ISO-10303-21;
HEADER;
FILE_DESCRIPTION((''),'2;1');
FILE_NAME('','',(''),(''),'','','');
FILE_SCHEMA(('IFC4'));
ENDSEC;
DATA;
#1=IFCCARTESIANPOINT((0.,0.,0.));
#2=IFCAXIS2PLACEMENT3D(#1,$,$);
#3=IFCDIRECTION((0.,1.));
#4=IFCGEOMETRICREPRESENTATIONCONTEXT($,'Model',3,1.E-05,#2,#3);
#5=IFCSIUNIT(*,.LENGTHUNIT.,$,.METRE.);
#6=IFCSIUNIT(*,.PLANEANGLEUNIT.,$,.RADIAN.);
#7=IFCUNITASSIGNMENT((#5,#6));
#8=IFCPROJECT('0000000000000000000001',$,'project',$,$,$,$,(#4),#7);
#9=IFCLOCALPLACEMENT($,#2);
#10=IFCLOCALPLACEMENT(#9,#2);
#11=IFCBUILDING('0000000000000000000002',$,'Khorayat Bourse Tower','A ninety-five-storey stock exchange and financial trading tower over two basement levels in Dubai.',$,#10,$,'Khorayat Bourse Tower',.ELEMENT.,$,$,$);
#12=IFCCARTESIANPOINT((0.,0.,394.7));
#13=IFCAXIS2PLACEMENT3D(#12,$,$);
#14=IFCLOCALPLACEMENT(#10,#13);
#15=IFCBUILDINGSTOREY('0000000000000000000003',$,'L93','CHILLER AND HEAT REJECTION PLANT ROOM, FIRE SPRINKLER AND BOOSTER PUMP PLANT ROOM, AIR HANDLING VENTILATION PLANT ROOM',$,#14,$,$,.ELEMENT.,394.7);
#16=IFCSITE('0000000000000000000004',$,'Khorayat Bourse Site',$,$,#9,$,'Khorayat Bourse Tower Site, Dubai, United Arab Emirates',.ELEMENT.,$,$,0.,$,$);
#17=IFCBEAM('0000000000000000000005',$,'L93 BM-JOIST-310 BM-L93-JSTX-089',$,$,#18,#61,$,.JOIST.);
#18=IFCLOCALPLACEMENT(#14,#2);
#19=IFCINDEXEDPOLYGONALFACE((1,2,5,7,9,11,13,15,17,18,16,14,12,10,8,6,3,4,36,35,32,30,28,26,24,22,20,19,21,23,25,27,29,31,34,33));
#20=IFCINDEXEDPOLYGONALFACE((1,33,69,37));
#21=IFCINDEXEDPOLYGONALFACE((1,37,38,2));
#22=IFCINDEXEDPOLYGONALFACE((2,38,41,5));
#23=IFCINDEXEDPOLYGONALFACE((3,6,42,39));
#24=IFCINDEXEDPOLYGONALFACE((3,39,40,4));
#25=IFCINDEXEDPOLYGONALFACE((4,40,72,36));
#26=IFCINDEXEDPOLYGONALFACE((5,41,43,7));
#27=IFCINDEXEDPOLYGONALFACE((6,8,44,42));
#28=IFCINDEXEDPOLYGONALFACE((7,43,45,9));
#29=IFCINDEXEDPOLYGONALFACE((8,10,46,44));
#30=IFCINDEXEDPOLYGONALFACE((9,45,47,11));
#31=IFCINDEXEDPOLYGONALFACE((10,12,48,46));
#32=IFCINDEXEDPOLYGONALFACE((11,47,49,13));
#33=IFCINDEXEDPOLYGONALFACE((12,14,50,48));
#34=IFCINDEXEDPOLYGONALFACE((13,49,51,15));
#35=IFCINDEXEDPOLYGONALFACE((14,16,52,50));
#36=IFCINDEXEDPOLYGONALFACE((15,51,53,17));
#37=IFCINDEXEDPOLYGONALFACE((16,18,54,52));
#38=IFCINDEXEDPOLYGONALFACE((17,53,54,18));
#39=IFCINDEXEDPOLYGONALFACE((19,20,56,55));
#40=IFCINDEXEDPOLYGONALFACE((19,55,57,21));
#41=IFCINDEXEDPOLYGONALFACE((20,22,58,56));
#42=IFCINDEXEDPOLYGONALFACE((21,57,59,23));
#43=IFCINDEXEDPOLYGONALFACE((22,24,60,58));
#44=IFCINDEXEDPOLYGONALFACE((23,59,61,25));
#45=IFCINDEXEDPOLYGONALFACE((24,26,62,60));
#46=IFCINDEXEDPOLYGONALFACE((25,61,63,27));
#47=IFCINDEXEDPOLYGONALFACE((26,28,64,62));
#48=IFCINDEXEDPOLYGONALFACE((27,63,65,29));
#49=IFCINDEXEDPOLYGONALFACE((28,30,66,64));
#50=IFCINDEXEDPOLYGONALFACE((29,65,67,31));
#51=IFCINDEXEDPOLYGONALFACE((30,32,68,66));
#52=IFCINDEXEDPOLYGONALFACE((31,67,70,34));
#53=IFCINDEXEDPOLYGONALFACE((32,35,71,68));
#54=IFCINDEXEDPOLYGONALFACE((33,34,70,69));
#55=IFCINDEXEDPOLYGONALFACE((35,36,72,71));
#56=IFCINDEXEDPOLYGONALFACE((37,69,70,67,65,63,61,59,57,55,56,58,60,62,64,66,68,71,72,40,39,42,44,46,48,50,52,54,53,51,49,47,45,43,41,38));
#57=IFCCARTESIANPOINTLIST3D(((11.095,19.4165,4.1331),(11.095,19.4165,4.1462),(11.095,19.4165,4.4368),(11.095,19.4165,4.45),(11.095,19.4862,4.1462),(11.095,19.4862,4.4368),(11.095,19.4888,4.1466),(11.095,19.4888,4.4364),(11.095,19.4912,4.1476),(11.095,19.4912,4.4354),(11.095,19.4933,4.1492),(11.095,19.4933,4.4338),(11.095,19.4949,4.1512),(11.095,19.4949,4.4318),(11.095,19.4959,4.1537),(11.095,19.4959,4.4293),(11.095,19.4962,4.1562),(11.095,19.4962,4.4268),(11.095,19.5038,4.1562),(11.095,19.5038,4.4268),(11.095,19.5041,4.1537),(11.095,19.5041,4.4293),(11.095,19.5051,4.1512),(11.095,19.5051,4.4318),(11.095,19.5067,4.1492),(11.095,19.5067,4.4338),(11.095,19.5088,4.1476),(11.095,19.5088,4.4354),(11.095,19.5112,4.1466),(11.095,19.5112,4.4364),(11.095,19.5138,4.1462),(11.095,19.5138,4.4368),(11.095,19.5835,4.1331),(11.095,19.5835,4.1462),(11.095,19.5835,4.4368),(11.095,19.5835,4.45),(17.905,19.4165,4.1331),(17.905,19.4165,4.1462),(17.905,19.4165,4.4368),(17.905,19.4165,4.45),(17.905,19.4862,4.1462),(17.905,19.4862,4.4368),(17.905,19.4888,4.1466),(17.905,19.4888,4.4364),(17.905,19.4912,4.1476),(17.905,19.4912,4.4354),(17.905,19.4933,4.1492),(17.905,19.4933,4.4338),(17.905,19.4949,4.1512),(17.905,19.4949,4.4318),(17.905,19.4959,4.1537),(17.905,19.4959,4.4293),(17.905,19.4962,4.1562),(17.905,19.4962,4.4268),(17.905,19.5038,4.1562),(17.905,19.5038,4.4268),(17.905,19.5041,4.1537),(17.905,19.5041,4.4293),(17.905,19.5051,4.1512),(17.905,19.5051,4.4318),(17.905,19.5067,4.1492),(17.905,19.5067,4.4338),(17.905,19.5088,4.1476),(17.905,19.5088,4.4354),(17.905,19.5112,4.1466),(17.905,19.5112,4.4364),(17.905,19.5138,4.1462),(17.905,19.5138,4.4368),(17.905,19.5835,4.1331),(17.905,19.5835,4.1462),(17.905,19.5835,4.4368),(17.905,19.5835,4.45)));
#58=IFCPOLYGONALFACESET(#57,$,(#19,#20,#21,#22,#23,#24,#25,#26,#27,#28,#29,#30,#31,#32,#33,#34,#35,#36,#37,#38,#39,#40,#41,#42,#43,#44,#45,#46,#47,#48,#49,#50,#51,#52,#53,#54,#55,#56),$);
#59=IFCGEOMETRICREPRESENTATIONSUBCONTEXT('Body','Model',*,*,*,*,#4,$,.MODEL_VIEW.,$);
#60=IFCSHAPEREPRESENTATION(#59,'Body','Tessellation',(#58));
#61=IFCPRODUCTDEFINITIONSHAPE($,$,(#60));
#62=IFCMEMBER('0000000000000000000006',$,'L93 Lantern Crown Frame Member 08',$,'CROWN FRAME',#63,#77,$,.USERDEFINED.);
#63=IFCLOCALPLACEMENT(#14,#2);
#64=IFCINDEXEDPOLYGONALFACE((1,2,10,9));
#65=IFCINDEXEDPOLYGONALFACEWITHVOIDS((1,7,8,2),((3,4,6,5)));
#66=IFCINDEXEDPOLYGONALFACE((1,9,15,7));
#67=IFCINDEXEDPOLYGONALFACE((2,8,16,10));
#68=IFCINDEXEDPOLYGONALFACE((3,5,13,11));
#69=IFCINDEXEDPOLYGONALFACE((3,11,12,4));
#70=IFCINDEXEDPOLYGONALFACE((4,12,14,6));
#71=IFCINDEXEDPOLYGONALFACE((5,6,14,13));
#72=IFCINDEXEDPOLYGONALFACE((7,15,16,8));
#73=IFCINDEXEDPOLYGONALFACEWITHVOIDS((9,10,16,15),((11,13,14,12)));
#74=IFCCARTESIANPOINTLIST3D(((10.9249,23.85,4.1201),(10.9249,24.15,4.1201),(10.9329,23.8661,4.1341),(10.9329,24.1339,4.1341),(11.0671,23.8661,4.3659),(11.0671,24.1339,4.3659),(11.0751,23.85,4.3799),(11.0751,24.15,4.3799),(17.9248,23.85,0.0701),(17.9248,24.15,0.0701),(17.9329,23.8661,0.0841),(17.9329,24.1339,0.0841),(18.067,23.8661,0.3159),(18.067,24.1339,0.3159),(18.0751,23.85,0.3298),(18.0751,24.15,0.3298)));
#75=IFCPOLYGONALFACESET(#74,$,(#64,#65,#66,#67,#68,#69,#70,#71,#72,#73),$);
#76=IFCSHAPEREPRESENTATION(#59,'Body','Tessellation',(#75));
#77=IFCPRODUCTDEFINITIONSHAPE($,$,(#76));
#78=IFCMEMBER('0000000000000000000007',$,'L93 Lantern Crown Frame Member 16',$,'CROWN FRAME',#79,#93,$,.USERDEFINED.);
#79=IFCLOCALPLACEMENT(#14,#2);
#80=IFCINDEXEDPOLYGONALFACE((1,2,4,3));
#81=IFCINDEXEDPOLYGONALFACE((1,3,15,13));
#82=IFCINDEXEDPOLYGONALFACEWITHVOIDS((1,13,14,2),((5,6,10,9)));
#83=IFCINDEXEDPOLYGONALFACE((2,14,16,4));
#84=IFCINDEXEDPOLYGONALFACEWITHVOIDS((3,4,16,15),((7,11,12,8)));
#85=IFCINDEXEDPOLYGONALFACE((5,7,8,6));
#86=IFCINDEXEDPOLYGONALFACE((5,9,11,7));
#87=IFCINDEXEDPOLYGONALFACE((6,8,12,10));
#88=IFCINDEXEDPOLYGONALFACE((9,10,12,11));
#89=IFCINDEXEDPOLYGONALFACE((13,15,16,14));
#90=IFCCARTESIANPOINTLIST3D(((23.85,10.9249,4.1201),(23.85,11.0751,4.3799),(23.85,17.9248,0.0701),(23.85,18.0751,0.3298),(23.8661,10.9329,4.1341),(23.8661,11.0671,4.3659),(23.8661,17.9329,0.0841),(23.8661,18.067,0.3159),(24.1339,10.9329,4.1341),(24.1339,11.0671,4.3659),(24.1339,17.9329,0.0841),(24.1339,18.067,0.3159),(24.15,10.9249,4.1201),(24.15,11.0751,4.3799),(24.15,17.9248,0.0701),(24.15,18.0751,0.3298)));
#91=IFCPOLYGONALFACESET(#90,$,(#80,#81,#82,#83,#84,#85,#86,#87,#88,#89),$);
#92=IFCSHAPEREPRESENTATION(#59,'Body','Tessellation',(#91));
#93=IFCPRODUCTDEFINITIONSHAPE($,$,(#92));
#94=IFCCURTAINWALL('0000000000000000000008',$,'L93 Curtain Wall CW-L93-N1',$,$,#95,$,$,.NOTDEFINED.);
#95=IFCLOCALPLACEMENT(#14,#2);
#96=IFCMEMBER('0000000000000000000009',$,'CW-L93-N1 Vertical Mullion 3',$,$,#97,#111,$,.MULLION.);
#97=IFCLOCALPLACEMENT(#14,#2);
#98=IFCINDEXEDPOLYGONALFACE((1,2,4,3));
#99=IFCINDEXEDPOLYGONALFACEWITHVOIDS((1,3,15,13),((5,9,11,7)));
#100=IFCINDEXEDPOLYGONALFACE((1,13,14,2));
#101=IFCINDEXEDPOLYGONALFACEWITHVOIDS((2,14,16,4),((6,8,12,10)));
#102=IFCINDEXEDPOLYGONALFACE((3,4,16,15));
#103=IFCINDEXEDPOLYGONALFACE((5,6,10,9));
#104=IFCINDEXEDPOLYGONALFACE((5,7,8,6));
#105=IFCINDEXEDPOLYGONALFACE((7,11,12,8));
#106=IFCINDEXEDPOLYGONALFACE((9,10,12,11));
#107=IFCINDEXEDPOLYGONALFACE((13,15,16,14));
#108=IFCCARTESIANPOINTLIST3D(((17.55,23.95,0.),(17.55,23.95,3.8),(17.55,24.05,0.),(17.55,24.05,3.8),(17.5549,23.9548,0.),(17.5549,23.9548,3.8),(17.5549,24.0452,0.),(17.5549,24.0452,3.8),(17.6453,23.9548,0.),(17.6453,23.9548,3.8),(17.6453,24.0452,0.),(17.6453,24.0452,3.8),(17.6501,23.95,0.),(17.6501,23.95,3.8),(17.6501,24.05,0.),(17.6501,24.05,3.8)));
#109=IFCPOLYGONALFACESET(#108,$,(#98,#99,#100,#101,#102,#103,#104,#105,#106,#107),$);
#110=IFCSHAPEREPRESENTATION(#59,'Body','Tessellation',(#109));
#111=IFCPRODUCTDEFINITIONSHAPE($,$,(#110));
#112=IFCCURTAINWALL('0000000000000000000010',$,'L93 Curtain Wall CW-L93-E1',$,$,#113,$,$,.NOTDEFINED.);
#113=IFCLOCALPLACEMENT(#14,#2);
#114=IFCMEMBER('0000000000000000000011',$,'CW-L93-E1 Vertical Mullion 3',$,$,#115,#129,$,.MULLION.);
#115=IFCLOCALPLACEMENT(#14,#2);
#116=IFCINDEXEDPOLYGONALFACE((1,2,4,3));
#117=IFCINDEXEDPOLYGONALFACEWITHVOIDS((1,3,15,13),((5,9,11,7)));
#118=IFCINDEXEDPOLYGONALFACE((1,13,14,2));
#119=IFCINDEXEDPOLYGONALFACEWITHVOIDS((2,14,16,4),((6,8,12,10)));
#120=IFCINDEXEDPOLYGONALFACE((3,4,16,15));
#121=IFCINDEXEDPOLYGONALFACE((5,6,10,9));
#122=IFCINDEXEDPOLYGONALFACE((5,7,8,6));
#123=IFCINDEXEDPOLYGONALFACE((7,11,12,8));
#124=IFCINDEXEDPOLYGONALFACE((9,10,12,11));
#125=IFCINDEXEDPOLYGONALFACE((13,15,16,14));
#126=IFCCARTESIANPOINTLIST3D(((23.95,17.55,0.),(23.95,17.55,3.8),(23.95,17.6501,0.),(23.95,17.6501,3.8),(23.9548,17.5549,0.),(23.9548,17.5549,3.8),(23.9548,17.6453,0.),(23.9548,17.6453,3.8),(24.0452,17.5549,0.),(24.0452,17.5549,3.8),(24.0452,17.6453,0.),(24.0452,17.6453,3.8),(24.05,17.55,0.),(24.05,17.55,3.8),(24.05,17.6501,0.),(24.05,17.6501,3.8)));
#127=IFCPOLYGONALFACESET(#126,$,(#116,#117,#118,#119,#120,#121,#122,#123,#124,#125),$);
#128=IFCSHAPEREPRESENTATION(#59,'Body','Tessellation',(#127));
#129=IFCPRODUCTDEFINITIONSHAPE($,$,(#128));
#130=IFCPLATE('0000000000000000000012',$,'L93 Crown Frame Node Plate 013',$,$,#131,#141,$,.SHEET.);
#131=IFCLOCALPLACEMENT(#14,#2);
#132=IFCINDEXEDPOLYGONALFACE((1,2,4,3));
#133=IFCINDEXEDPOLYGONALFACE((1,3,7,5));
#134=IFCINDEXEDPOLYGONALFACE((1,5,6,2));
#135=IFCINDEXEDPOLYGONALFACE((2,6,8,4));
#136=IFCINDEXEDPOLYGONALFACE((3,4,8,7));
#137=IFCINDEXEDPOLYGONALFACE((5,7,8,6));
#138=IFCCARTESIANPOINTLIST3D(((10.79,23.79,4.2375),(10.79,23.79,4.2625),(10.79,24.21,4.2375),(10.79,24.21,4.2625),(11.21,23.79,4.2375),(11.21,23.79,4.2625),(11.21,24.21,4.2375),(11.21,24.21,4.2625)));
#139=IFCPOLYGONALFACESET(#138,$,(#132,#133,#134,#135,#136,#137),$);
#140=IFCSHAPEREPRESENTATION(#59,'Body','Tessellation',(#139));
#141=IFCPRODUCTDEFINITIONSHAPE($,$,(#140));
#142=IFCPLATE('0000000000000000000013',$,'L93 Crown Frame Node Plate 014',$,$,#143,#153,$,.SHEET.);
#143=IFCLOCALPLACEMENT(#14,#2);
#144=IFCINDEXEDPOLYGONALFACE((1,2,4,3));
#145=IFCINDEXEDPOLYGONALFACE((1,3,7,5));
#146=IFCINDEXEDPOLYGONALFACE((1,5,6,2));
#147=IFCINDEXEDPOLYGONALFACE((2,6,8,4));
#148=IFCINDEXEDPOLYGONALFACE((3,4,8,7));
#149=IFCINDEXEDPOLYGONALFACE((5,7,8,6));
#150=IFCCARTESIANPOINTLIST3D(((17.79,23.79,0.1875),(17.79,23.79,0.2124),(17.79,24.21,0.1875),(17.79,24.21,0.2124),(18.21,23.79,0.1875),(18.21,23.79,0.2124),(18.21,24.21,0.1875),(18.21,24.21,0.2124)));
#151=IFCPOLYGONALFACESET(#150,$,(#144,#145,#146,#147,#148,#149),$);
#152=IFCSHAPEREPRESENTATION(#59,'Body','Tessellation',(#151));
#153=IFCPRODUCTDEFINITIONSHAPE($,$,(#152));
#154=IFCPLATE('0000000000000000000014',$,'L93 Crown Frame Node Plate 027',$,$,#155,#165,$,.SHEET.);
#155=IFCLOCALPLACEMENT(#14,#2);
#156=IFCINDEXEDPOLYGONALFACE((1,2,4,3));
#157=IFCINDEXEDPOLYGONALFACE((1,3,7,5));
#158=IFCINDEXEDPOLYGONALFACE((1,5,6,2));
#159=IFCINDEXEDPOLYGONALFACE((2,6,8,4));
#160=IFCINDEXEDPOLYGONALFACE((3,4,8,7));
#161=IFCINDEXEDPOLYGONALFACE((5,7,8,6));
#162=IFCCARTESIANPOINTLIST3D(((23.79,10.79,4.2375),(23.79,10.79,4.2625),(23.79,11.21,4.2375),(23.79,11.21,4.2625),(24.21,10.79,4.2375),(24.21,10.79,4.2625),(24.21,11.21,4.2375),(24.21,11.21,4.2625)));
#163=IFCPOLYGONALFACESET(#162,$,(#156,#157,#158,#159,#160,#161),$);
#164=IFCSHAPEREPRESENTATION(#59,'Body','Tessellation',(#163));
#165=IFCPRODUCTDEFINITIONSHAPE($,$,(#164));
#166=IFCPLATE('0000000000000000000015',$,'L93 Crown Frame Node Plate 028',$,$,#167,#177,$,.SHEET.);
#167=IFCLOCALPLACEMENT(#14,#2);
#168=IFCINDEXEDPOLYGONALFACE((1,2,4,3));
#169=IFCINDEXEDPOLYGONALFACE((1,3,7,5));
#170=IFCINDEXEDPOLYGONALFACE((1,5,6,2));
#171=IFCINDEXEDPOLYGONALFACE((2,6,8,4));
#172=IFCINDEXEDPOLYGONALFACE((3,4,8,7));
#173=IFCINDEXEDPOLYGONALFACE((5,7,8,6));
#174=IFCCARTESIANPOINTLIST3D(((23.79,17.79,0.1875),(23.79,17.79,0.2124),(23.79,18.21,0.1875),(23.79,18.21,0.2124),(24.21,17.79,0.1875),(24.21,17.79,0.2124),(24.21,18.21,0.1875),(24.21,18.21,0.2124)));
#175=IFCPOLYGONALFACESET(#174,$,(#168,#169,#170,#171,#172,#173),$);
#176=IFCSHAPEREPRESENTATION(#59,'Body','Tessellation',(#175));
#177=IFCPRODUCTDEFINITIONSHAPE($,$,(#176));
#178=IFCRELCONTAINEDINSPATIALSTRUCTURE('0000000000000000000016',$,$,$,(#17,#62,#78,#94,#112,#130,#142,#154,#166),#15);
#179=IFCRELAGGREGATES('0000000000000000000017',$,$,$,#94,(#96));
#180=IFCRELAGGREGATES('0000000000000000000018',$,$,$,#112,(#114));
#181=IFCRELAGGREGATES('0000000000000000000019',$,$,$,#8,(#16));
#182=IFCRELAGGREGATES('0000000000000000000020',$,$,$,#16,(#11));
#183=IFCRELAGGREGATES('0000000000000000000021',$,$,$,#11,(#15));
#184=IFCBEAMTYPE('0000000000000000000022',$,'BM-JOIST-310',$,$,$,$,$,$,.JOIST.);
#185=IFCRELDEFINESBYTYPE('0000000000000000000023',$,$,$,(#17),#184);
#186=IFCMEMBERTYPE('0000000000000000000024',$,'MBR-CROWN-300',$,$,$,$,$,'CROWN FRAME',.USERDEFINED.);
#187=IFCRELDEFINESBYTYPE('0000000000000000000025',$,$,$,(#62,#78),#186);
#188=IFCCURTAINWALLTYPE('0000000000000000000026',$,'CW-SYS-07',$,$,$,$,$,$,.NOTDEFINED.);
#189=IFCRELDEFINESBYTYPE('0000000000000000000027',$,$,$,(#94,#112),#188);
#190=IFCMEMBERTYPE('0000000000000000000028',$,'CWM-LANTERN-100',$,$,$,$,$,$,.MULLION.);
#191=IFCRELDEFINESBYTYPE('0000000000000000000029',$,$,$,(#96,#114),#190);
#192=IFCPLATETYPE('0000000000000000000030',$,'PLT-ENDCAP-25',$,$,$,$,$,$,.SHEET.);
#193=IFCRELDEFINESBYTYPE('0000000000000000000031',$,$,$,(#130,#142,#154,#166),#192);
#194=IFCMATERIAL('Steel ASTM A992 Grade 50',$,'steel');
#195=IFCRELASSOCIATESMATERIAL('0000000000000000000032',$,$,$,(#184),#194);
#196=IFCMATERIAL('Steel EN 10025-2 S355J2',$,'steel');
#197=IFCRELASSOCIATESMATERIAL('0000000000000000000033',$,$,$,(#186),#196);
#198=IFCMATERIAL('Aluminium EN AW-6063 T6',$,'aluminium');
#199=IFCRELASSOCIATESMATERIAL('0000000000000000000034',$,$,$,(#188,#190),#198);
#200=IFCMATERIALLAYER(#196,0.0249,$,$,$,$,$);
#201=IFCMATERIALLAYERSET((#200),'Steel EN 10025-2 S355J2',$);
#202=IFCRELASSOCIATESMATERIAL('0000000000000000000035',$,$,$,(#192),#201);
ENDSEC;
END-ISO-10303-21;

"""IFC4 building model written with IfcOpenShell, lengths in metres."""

from ifc_helpers import new_model, si_unit, direction, frame, origin, origin_2d, place, context, subcontext, project, spatial, rectangle, hollow_rectangle, i_section, extrude, source, transform, mapped, material, layer, layer_set, material_profile, profile_set, type_object, element, aggregate, save


model = new_model("IFC4")

# Units and contexts
model_context = context("Model", 3, precision=1e-05, world=origin(), true_north=direction((0.0, 1.0)))
body_context = subcontext(model_context, "Body", "Model", "MODEL_VIEW")
ifc_project = project(units=[si_unit("LENGTHUNIT", "METRE"), si_unit("PLANEANGLEUNIT", "RADIAN")], contexts=[model_context])

# Site, building, storey
site_placement = place(None, origin())
site = spatial("IfcSite", under=ifc_project, at=site_placement, Name="Khorayat Bourse Site", LongName="Khorayat Bourse Tower Site, Dubai, United Arab Emirates", CompositionType="ELEMENT", RefElevation=0.0)
building_placement = place(site_placement, origin())
building = spatial("IfcBuilding", under=site, at=building_placement, Name="Khorayat Bourse Tower", Description="A ninety-five-storey stock exchange and financial trading tower over two basement levels in Dubai.", LongName="Khorayat Bourse Tower", CompositionType="ELEMENT")
storey_placement = place(building_placement, frame((0.0, 0.0, 394.7)))
storey = spatial("IfcBuildingStorey", under=building, at=storey_placement, Name="L93", Description="CHILLER AND HEAT REJECTION PLANT ROOM, FIRE SPRINKLER AND BOOSTER PUMP PLANT ROOM, AIR HANDLING VENTILATION PLANT ROOM", CompositionType="ELEMENT", Elevation=394.7)

# Shared definitions
ifc_material_1 = material(Name="Steel EN 10025-2 S355J2", Category="steel")

# Beam
ifc_material_2 = material(Name="Steel ASTM A992 Grade 50", Category="steel")
ifc_material_profile_1 = material_profile(ifc_material_2, i_section(OverallWidth=0.167, OverallDepth=0.3169, WebThickness=0.0076, FlangeThickness=0.0132, FilletRadius=0.01, at=origin_2d()), Name="W310X52")
ifc_profile_set_1 = profile_set([ifc_material_profile_1], Name="Steel ASTM A992 Grade 50")
beam_type_1 = type_object("IfcBeamType", Name="BM-JOIST-310", PredefinedType="JOIST", material=ifc_profile_set_1)
shared_shape_1 = source(origin(), body_context, "Body", "SweptSolid", [
    extrude(i_section(OverallWidth=0.167, OverallDepth=0.3169, WebThickness=0.0076, FlangeThickness=0.0132, FilletRadius=0.01, at=origin_2d()), origin(), (0.0, 0.0, 1.0), 6.8101),
])
beam_placement = place(storey_placement, frame((11.095, 19.5, 4.2915), z_axis=(1.0, 0.0, 0.0), x_axis=(0.0, 1.0, 0.0)))
element("IfcBeam", 1, at=beam_placement, inside=storey, type_object=beam_type_1, Name="L93 BM-JOIST-310 BM-L93-JSTX-089", PredefinedType="JOIST", context=body_context, shape_type="MappedRepresentation", body=[
    mapped(shared_shape_1, transform((0.0, 0.0, 0.0), scale=1.0)),
])

# Members
ifc_material_profile_2 = material_profile(ifc_material_1, hollow_rectangle(XDim=0.3, YDim=0.3, WallThickness=0.0161, at=origin_2d()), Name="HSS 300x300x16")
ifc_profile_set_2 = profile_set([ifc_material_profile_2], Name="Steel EN 10025-2 S355J2")
member_type_1 = type_object("IfcMemberType", Name="MBR-CROWN-300", ElementType="CROWN FRAME", PredefinedType="USERDEFINED", material=ifc_profile_set_2)
shared_shape_2 = source(origin(), body_context, "Body", "SweptSolid", [
    extrude(hollow_rectangle(XDim=0.3, YDim=0.3, WallThickness=0.0161, at=origin_2d()), origin(), (0.0, 0.0, 1.0), 8.0872),
])
for number, where, z_axis, x_axis, name in (
    (2, (11.0, 24.0, 4.25), (0.865565, 0.0, -0.500797), (0.0, 1.0, 0.0), "L93 Lantern Crown Frame Member 08"),
    (3, (24.0, 11.0, 4.25), (0.0, 0.865565, -0.500797), (-1.0, 0.0, 0.0), "L93 Lantern Crown Frame Member 16"),
):
    element("IfcMember", number, at=place(storey_placement, frame(where, z_axis=z_axis, x_axis=x_axis)), inside=storey, type_object=member_type_1, Name=name, ObjectType="CROWN FRAME", PredefinedType="USERDEFINED", context=body_context, shape_type="MappedRepresentation", body=[
        mapped(shared_shape_2, transform((0.0, 0.0, 0.0), scale=1.0)),
    ])

# Curtain walls, members
ifc_material_3 = material(Name="Aluminium EN AW-6063 T6", Category="aluminium")
curtain_wall_type = type_object("IfcCurtainWallType", Name="CW-SYS-07", PredefinedType="NOTDEFINED", material=ifc_material_3)
curtain_wall_1_placement = place(storey_placement, origin())
curtain_wall_1 = element("IfcCurtainWall", 4, at=curtain_wall_1_placement, inside=storey, type_object=curtain_wall_type, Name="L93 Curtain Wall CW-L93-N1", PredefinedType="NOTDEFINED")
ifc_material_profile_3 = material_profile(ifc_material_3, hollow_rectangle(XDim=0.1001, YDim=0.1001, WallThickness=0.0049, at=origin_2d()), Name="ALU 100x100x5")
ifc_profile_set_3 = profile_set([ifc_material_profile_3], Name="Aluminium EN AW-6063 T6")
member_type_2 = type_object("IfcMemberType", Name="CWM-LANTERN-100", PredefinedType="MULLION", material=ifc_profile_set_3)
shared_shape_3 = source(origin(), body_context, "Body", "SweptSolid", [
    extrude(hollow_rectangle(XDim=0.1001, YDim=0.1001, WallThickness=0.0049, at=origin_2d()), origin(), (0.0, 0.0, 1.0), 3.8),
])
member_1_placement = place(storey_placement, frame((17.6001, 24.0, 0.0), z_axis=(0.0, 0.0, 1.0), x_axis=(0.0, 1.0, 0.0)))
member_1 = element("IfcMember", 5, at=member_1_placement, type_object=member_type_2, Name="CW-L93-N1 Vertical Mullion 3", PredefinedType="MULLION", context=body_context, shape_type="MappedRepresentation", body=[
    mapped(shared_shape_3, transform((0.0, 0.0, 0.0), scale=1.0)),
])
aggregate(curtain_wall_1, [member_1])
curtain_wall_2_placement = place(storey_placement, origin())
curtain_wall_2 = element("IfcCurtainWall", 6, at=curtain_wall_2_placement, inside=storey, type_object=curtain_wall_type, Name="L93 Curtain Wall CW-L93-E1", PredefinedType="NOTDEFINED")
member_2_placement = place(storey_placement, frame((24.0, 17.6001, 0.0), z_axis=(0.0, 0.0, 1.0), x_axis=(-1.0, 0.0, 0.0)))
member_2 = element("IfcMember", 7, at=member_2_placement, type_object=member_type_2, Name="CW-L93-E1 Vertical Mullion 3", PredefinedType="MULLION", context=body_context, shape_type="MappedRepresentation", body=[
    mapped(shared_shape_3, transform((0.0, 0.0, 0.0), scale=1.0)),
])
aggregate(curtain_wall_2, [member_2])

# Plates
ifc_layer_1 = layer(ifc_material_1, 0.0249)
ifc_layer_set_1 = layer_set([ifc_layer_1], Name="Steel EN 10025-2 S355J2")
plate_type = type_object("IfcPlateType", Name="PLT-ENDCAP-25", PredefinedType="SHEET", material=ifc_layer_set_1)
shared_shape_4 = source(origin(), body_context, "Body", "SweptSolid", [
    extrude(rectangle(XDim=0.4199, YDim=0.4199, at=origin_2d()), origin(), (0.0, 0.0, 1.0), 0.0249),
])
for number, where, z_axis, x_axis, name in (
    (8, (11.0, 24.0, 4.2375), (0.0, 0.0, 1.0), (1.0, 0.0, 0.0), "L93 Crown Frame Node Plate 013"),
    (9, (18.0, 24.0, 0.1875), (0.0, 0.0, 1.0), (1.0, 0.0, 0.0), "L93 Crown Frame Node Plate 014"),
    (10, (24.0, 11.0, 4.2375), (0.0, 0.0, 1.0), (1.0, 0.0, 0.0), "L93 Crown Frame Node Plate 027"),
    (11, (24.0, 18.0, 0.1875), (0.0, 0.0, 1.0), (1.0, 0.0, 0.0), "L93 Crown Frame Node Plate 028"),
):
    element("IfcPlate", number, at=place(storey_placement, frame(where, z_axis=z_axis, x_axis=x_axis)), inside=storey, type_object=plate_type, Name=name, PredefinedType="SHEET", context=body_context, shape_type="MappedRepresentation", body=[
        mapped(shared_shape_4, transform((0.0, 0.0, 0.0), scale=1.0)),
    ])

save(model, "model.ifc")
